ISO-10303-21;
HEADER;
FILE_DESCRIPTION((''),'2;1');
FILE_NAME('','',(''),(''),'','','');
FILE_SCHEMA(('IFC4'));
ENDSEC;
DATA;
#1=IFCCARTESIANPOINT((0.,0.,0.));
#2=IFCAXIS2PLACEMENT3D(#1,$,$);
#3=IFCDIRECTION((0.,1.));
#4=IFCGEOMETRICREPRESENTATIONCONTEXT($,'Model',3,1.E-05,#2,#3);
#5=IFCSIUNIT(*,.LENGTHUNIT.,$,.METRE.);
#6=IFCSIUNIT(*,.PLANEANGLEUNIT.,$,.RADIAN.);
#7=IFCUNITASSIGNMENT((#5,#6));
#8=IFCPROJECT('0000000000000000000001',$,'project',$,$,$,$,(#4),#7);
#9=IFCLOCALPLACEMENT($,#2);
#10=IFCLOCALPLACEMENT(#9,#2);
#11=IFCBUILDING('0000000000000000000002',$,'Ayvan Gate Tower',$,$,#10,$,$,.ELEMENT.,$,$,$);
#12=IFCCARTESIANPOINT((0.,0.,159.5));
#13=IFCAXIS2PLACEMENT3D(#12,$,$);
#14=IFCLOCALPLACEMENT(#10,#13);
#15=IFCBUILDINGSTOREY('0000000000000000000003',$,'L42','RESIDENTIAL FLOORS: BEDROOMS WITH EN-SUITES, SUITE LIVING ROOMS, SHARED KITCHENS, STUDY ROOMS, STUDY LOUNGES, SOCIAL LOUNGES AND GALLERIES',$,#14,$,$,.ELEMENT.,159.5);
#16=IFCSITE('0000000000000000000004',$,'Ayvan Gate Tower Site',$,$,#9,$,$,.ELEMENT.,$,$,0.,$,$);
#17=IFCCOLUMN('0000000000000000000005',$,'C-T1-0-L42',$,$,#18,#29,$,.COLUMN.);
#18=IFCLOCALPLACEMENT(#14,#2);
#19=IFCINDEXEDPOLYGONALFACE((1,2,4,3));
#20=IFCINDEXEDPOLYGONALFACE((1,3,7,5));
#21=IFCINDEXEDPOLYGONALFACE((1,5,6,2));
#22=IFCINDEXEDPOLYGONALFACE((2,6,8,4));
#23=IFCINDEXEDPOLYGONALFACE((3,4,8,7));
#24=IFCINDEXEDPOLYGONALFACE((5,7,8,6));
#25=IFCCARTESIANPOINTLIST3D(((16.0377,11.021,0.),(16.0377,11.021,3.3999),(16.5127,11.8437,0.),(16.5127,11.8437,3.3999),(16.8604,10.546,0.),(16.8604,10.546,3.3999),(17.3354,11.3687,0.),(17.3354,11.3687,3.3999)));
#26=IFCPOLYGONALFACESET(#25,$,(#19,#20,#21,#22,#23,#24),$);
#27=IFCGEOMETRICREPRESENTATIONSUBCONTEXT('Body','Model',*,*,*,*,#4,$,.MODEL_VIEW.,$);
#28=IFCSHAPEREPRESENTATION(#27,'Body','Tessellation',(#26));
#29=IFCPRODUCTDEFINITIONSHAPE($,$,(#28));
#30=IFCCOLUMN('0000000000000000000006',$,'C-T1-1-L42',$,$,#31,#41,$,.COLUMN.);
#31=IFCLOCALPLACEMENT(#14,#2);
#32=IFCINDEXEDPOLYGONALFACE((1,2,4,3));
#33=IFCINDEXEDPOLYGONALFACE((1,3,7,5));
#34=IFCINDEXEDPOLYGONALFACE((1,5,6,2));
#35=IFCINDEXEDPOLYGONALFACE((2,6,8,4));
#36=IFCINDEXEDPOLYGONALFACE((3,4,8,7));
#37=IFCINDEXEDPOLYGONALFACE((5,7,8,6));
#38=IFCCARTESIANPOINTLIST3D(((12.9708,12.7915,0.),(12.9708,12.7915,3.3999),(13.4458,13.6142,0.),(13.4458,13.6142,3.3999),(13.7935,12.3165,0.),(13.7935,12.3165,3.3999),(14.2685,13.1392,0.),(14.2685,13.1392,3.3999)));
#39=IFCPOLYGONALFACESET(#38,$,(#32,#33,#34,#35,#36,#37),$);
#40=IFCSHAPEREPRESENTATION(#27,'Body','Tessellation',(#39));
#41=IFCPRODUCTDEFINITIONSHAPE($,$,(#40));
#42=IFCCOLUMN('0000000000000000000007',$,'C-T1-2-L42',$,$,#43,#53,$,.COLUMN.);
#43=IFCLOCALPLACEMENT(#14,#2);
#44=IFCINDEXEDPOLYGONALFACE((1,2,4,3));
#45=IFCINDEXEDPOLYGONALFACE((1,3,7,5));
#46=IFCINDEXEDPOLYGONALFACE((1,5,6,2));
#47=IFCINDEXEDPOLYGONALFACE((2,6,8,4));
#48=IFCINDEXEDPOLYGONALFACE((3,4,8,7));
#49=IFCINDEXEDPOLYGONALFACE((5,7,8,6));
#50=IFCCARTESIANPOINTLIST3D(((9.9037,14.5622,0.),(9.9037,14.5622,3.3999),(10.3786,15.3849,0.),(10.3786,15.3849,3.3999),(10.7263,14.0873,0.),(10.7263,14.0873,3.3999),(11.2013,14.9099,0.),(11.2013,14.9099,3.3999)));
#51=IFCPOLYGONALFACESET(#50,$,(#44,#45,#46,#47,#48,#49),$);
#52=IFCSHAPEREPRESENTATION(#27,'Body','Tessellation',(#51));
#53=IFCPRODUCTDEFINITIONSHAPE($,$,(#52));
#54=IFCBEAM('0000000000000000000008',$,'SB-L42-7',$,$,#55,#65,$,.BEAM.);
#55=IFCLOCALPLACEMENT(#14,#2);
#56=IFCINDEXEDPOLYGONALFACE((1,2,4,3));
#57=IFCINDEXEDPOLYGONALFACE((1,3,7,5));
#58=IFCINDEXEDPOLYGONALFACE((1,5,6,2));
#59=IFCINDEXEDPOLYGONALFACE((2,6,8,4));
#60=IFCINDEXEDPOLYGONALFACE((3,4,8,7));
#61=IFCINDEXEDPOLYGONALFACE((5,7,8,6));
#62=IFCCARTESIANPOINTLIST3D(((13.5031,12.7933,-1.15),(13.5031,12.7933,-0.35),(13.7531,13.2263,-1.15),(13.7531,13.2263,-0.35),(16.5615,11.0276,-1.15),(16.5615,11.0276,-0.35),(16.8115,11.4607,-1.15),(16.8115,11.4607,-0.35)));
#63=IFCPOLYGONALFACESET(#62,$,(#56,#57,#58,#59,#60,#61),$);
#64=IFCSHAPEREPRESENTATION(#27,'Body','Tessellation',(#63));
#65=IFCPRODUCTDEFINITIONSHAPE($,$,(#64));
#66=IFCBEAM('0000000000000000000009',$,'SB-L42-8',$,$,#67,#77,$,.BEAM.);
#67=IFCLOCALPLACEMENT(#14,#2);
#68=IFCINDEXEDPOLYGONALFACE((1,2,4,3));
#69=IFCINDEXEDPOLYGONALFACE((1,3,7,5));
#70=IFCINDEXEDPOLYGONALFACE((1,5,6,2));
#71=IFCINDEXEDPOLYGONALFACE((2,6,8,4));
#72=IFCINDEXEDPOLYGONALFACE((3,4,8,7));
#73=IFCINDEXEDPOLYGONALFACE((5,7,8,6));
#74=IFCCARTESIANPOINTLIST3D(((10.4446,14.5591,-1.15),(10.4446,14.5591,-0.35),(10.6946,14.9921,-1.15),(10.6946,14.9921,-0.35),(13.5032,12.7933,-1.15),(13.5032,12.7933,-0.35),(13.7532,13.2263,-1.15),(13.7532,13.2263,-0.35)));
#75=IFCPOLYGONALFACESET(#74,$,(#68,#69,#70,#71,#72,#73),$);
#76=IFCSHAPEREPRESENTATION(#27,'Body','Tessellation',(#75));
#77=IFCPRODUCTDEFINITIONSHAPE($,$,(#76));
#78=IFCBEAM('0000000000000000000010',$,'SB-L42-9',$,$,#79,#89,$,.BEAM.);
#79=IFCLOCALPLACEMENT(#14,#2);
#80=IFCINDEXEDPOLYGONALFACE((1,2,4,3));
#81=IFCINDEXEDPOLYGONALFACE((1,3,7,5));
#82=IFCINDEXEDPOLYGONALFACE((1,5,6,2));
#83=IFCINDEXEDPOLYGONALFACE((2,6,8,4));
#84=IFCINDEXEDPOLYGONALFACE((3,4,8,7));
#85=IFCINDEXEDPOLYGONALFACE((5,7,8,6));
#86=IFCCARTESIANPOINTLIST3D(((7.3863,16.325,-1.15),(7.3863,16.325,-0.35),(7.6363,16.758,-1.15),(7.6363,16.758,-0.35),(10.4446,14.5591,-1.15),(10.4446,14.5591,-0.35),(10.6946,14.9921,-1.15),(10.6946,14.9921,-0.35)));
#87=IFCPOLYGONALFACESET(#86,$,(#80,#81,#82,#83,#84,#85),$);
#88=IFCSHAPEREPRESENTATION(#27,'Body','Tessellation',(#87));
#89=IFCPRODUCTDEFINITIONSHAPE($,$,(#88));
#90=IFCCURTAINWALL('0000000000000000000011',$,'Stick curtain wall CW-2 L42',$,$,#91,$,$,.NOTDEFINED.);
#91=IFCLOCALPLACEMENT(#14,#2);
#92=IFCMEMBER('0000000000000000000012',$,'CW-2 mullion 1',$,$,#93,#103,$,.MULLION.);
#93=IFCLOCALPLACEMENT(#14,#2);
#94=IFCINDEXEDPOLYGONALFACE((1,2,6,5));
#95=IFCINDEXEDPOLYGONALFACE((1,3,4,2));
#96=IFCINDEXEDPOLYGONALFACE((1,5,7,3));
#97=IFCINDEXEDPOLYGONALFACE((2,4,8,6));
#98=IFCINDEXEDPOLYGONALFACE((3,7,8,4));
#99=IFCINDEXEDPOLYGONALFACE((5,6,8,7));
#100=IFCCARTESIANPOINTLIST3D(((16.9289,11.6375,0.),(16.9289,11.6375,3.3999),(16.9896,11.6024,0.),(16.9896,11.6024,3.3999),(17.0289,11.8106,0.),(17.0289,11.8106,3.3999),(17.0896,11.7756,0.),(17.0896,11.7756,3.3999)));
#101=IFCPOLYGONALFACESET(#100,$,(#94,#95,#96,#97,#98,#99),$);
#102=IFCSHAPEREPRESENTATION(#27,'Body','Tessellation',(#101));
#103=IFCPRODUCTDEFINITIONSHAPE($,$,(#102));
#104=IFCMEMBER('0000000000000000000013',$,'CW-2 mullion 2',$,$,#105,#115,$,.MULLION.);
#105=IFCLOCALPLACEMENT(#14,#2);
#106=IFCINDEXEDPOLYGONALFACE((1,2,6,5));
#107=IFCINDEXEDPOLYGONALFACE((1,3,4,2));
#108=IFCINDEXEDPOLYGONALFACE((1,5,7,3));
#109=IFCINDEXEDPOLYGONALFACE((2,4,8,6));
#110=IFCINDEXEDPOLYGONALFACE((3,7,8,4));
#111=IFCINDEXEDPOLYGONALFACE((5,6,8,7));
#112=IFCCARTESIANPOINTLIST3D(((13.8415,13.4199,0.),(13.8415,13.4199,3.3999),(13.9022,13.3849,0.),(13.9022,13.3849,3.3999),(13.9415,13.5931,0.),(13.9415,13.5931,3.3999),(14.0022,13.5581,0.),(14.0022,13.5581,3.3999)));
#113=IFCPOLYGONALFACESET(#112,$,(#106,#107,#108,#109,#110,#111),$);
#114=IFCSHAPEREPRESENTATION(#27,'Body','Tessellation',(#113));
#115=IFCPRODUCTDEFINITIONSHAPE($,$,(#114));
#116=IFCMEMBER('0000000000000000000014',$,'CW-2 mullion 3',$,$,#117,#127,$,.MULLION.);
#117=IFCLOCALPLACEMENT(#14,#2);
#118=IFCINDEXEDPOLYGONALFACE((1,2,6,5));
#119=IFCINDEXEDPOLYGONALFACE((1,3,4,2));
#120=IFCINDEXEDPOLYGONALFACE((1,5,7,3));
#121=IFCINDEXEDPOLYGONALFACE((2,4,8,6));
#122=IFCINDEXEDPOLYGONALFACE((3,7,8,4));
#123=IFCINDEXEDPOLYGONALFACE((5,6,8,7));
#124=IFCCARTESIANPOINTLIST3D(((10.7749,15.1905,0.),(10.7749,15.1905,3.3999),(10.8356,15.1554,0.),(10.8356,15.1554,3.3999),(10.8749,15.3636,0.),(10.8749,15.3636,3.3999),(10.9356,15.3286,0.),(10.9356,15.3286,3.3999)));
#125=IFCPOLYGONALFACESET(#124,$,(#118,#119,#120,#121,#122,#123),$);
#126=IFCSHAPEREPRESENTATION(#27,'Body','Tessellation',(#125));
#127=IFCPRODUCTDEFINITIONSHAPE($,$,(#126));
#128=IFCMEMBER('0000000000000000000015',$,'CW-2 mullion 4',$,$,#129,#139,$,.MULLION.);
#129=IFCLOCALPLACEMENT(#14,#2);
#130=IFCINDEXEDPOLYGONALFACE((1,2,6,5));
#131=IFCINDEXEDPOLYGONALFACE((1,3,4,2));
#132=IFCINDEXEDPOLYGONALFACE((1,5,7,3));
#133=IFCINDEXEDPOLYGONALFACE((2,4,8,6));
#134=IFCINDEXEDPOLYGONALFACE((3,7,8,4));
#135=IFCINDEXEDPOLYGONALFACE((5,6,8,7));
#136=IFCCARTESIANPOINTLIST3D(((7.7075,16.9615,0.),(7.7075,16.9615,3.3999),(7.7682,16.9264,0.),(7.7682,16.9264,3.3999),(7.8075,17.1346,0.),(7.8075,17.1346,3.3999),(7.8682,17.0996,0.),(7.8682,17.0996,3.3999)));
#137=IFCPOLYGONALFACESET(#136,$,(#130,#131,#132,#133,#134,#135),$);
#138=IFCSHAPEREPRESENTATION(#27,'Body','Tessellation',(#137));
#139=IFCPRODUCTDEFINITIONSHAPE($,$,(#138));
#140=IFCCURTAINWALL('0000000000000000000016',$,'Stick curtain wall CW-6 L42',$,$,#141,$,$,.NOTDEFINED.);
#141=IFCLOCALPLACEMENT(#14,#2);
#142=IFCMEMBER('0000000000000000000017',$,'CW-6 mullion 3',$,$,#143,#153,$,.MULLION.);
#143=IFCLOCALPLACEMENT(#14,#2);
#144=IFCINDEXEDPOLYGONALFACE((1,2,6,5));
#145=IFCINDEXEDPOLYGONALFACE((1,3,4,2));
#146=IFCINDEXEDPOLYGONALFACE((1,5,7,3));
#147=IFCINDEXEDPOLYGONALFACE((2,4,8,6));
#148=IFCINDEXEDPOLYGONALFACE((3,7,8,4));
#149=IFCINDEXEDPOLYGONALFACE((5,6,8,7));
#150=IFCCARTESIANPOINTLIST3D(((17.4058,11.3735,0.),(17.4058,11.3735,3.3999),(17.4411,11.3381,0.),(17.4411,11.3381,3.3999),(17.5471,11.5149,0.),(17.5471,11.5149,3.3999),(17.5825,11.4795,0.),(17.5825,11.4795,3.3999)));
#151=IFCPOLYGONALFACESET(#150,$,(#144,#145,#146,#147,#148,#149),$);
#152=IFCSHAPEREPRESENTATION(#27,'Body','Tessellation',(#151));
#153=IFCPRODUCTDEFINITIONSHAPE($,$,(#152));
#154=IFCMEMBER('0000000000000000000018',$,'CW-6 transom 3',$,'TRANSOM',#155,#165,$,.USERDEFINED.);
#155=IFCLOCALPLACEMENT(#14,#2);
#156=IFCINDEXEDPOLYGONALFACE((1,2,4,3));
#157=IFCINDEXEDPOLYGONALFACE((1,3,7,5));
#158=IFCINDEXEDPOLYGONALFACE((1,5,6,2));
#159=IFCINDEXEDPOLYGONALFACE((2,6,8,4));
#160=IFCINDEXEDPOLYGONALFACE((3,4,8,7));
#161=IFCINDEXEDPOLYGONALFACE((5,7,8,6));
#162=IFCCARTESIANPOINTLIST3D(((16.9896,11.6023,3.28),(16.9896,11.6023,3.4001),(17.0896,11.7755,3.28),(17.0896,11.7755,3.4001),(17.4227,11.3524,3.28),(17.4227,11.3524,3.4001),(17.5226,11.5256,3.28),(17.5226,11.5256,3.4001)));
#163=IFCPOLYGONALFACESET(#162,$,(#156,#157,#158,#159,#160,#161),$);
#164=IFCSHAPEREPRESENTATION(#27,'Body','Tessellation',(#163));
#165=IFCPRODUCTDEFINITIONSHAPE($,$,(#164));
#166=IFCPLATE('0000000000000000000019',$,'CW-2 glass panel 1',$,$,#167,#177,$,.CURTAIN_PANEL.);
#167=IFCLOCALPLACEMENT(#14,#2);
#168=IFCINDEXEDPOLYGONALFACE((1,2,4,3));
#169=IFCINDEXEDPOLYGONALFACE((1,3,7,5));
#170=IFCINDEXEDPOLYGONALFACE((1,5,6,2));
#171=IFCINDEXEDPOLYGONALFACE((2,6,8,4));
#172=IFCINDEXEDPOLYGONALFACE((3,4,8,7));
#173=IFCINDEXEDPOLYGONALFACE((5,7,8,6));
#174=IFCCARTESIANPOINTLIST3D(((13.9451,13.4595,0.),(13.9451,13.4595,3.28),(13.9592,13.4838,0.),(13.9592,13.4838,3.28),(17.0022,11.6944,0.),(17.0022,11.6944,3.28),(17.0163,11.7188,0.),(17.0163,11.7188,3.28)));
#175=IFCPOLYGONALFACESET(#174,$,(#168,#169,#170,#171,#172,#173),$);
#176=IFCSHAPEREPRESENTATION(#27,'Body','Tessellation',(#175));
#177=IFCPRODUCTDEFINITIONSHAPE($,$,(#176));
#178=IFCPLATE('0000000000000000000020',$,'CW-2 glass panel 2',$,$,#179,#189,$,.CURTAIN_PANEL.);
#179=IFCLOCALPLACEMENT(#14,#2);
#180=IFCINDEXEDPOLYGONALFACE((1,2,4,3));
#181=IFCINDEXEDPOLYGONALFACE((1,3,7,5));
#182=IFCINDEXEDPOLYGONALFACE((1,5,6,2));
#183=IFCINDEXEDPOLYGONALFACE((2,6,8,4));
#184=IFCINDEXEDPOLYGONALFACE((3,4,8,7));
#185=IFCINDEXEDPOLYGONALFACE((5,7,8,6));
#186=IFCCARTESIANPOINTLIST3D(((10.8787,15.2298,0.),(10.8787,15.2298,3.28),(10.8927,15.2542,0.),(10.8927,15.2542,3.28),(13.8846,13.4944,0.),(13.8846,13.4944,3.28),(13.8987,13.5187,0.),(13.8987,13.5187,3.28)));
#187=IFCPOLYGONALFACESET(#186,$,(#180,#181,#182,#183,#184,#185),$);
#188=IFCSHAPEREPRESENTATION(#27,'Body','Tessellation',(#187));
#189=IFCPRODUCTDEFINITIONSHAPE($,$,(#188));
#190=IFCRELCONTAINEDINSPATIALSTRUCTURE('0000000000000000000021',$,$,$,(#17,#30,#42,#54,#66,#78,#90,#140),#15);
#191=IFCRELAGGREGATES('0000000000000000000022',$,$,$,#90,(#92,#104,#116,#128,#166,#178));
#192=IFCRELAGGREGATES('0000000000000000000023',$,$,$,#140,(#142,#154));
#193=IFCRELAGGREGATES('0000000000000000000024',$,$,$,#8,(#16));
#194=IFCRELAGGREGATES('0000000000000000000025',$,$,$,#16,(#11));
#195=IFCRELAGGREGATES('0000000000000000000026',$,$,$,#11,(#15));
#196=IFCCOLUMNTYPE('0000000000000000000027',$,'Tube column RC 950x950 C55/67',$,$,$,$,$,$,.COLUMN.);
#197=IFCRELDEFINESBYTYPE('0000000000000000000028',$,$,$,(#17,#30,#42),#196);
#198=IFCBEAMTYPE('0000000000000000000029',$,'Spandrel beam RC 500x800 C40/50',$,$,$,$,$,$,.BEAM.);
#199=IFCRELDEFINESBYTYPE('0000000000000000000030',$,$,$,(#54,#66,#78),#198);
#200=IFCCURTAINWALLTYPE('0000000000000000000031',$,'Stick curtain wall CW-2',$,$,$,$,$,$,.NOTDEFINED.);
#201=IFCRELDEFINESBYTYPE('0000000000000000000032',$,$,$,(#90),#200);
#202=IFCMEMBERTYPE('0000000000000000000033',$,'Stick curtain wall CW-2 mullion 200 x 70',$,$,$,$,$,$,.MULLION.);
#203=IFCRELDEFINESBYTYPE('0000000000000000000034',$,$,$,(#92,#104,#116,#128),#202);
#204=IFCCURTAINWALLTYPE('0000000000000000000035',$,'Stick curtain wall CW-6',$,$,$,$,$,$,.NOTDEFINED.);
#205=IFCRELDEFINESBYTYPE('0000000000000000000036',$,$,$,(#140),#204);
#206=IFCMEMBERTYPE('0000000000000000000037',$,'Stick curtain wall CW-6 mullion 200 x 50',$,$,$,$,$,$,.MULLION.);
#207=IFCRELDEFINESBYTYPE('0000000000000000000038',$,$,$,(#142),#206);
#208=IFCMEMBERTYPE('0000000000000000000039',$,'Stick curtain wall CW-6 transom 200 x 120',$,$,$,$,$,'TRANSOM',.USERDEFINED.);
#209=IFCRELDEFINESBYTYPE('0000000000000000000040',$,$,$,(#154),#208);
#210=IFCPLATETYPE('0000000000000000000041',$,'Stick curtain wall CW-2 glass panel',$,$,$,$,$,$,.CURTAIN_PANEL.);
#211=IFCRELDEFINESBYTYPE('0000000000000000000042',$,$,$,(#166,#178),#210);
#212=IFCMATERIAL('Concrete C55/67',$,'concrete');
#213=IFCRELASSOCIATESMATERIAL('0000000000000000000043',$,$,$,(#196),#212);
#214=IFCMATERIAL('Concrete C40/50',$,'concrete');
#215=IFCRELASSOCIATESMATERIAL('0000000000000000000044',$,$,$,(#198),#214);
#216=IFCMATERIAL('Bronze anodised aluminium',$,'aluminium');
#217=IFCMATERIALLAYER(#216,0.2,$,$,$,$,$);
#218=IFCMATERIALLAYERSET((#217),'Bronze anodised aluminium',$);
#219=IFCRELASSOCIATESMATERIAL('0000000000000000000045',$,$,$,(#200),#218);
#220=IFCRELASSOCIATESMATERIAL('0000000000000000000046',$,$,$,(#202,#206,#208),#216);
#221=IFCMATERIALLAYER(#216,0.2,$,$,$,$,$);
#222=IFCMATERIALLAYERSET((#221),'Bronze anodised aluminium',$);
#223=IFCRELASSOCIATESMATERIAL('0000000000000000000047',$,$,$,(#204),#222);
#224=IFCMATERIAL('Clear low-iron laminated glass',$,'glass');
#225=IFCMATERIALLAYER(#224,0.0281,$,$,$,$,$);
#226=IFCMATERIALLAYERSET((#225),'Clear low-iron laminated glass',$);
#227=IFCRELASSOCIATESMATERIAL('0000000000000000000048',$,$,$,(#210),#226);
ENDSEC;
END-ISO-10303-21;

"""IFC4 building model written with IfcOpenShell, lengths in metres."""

from ifc_helpers import new_model, si_unit, direction, frame, origin, origin_2d, place, context, subcontext, project, spatial, rectangle, extrude, material, layer, layer_set, material_profile, profile_set, type_object, element, aggregate, save


model = new_model("IFC4")

# Units and contexts
model_context = context("Model", 3, precision=1e-05, world=origin(), true_north=direction((0.0, 1.0)))
body_context = subcontext(model_context, "Body", "Model", "MODEL_VIEW")
ifc_project = project(units=[si_unit("LENGTHUNIT", "METRE"), si_unit("PLANEANGLEUNIT", "RADIAN")], contexts=[model_context])

# Site, building, storey
site_placement = place(None, origin())
site = spatial("IfcSite", under=ifc_project, at=site_placement, Name="Ayvan Gate Tower Site", CompositionType="ELEMENT", RefElevation=0.0)
building_placement = place(site_placement, origin())
building = spatial("IfcBuilding", under=site, at=building_placement, Name="Ayvan Gate Tower", CompositionType="ELEMENT")
storey_placement = place(building_placement, frame((0.0, 0.0, 159.5)))
storey = spatial("IfcBuildingStorey", under=building, at=storey_placement, Name="L42", Description="RESIDENTIAL FLOORS: BEDROOMS WITH EN-SUITES, SUITE LIVING ROOMS, SHARED KITCHENS, STUDY ROOMS, STUDY LOUNGES, SOCIAL LOUNGES AND GALLERIES", CompositionType="ELEMENT", Elevation=159.5)

# Columns
ifc_material_1 = material(Name="Concrete C55/67", Category="concrete")
ifc_material_profile_1 = material_profile(ifc_material_1, rectangle(XDim=0.95, YDim=0.95, at=origin_2d()), Name="RC 950x950")
ifc_profile_set_1 = profile_set([ifc_material_profile_1], Name="Concrete C55/67")
column_type = type_object("IfcColumnType", Name="Tube column RC 950x950 C55/67", PredefinedType="COLUMN", material=ifc_profile_set_1)
for number, where, z_axis, x_axis, name in (
    (1, (16.6865, 11.1948, 0.0), (0.0, 0.0, 1.0), (0.5, 0.866025, 0.0), "C-T1-0-L42"),
    (2, (13.6196, 12.9653, 0.0), (0.0, 0.0, 1.0), (0.5, 0.866025, 0.0), "C-T1-1-L42"),
    (3, (10.5525, 14.7361, 0.0), (0.0, 0.0, 1.0), (0.5, 0.866025, 0.0), "C-T1-2-L42"),
):
    element("IfcColumn", number, at=place(storey_placement, frame(where, z_axis=z_axis, x_axis=x_axis)), inside=storey, type_object=column_type, Name=name, PredefinedType="COLUMN", context=body_context, shape_type="SweptSolid", body=[
        extrude(rectangle(XDim=0.95, YDim=0.95, at=origin_2d()), origin(), (0.0, 0.0, 1.0), 3.3999),
    ])

# Beams
ifc_material_2 = material(Name="Concrete C40/50", Category="concrete")
ifc_material_profile_2 = material_profile(ifc_material_2, rectangle(XDim=0.5, YDim=0.8, at=origin_2d()), Name="RC 500x800")
ifc_profile_set_2 = profile_set([ifc_material_profile_2], Name="Concrete C40/50")
beam_type = type_object("IfcBeamType", Name="Spandrel beam RC 500x800 C40/50", PredefinedType="BEAM", material=ifc_profile_set_2)
beam_1_placement = place(storey_placement, frame((16.6865, 11.2441, -0.75), z_axis=(-0.866039, 0.499976, 0.0), x_axis=(-0.499976, -0.866039, 0.0)))
element("IfcBeam", 4, at=beam_1_placement, inside=storey, type_object=beam_type, Name="SB-L42-7", PredefinedType="BEAM", context=body_context, shape_type="SweptSolid", body=[
    extrude(rectangle(XDim=0.5, YDim=0.8, at=origin_2d()), origin(), (0.0, 0.0, 1.0), 3.5315),
])
beam_2_placement = place(storey_placement, frame((13.6282, 13.0098, -0.75), z_axis=(-0.866027, 0.499998, 0.0), x_axis=(-0.499998, -0.866027, 0.0)))
element("IfcBeam", 5, at=beam_2_placement, inside=storey, type_object=beam_type, Name="SB-L42-8", PredefinedType="BEAM", context=body_context, shape_type="SweptSolid", body=[
    extrude(rectangle(XDim=0.5, YDim=0.8, at=origin_2d()), origin(), (0.0, 0.0, 1.0), 3.5317),
])
beam_3_placement = place(storey_placement, frame((10.5696, 14.7756, -0.75), z_axis=(-0.866009, 0.500028, 0.0), x_axis=(-0.500028, -0.866009, 0.0)))
element("IfcBeam", 6, at=beam_3_placement, inside=storey, type_object=beam_type, Name="SB-L42-9", PredefinedType="BEAM", context=body_context, shape_type="SweptSolid", body=[
    extrude(rectangle(XDim=0.5, YDim=0.8, at=origin_2d()), origin(), (0.0, 0.0, 1.0), 3.5315),
])

# Curtain walls, members
ifc_material_3 = material(Name="Bronze anodised aluminium", Category="aluminium")
ifc_layer_1 = layer(ifc_material_3, 0.2)
ifc_layer_set_1 = layer_set([ifc_layer_1], Name="Bronze anodised aluminium")
curtain_wall_type_1 = type_object("IfcCurtainWallType", Name="Stick curtain wall CW-2", PredefinedType="NOTDEFINED", material=ifc_layer_set_1)
curtain_wall_1_placement = place(storey_placement, origin())
curtain_wall_1 = element("IfcCurtainWall", 7, at=curtain_wall_1_placement, inside=storey, type_object=curtain_wall_type_1, Name="Stick curtain wall CW-2 L42", PredefinedType="NOTDEFINED")
ifc_material_profile_3 = material_profile(ifc_material_3, rectangle(XDim=0.2, YDim=0.0701, at=origin_2d()), Name="Stick curtain wall CW-2 mullion 200 x 70")
ifc_profile_set_3 = profile_set([ifc_material_profile_3], Name="Bronze anodised aluminium")
member_type_1 = type_object("IfcMemberType", Name="Stick curtain wall CW-2 mullion 200 x 70", PredefinedType="MULLION", material=ifc_profile_set_3)
member_1_placement = place(storey_placement, frame((17.0093, 11.7065, 0.0), z_axis=(0.0, 0.0, 1.0), x_axis=(0.5, 0.866025, 0.0)))
member_1 = element("IfcMember", 8, at=member_1_placement, type_object=member_type_1, Name="CW-2 mullion 1", PredefinedType="MULLION", context=body_context, shape_type="SweptSolid", body=[
    extrude(rectangle(XDim=0.2, YDim=0.0701, at=origin_2d()), origin(), (0.0, 0.0, 1.0), 3.3999),
])
member_2_placement = place(storey_placement, frame((13.9219, 13.489, 0.0), z_axis=(0.0, 0.0, 1.0), x_axis=(0.5, 0.866025, 0.0)))
member_2 = element("IfcMember", 9, at=member_2_placement, type_object=member_type_1, Name="CW-2 mullion 2", PredefinedType="MULLION", context=body_context, shape_type="SweptSolid", body=[
    extrude(rectangle(XDim=0.2, YDim=0.0701, at=origin_2d()), origin(), (0.0, 0.0, 1.0), 3.3999),
])
member_3_placement = place(storey_placement, frame((10.8552, 15.2595, 0.0), z_axis=(0.0, 0.0, 1.0), x_axis=(0.5, 0.866025, 0.0)))
member_3 = element("IfcMember", 10, at=member_3_placement, type_object=member_type_1, Name="CW-2 mullion 3", PredefinedType="MULLION", context=body_context, shape_type="SweptSolid", body=[
    extrude(rectangle(XDim=0.2, YDim=0.0701, at=origin_2d()), origin(), (0.0, 0.0, 1.0), 3.3999),
])
member_4_placement = place(storey_placement, frame((7.7878, 17.0305, 0.0), z_axis=(0.0, 0.0, 1.0), x_axis=(0.5, 0.866025, 0.0)))
member_4 = element("IfcMember", 11, at=member_4_placement, type_object=member_type_1, Name="CW-2 mullion 4", PredefinedType="MULLION", context=body_context, shape_type="SweptSolid", body=[
    extrude(rectangle(XDim=0.2, YDim=0.0701, at=origin_2d()), origin(), (0.0, 0.0, 1.0), 3.3999),
])
ifc_layer_2 = layer(ifc_material_3, 0.2)
ifc_layer_set_2 = layer_set([ifc_layer_2], Name="Bronze anodised aluminium")
curtain_wall_type_2 = type_object("IfcCurtainWallType", Name="Stick curtain wall CW-6", PredefinedType="NOTDEFINED", material=ifc_layer_set_2)
curtain_wall_2_placement = place(storey_placement, origin())
curtain_wall_2 = element("IfcCurtainWall", 12, at=curtain_wall_2_placement, inside=storey, type_object=curtain_wall_type_2, Name="Stick curtain wall CW-6 L42", PredefinedType="NOTDEFINED")
ifc_material_profile_4 = material_profile(ifc_material_3, rectangle(XDim=0.2, YDim=0.05, at=origin_2d()), Name="Stick curtain wall CW-6 mullion 200 x 50")
ifc_profile_set_4 = profile_set([ifc_material_profile_4], Name="Bronze anodised aluminium")
member_type_2 = type_object("IfcMemberType", Name="Stick curtain wall CW-6 mullion 200 x 50", PredefinedType="MULLION", material=ifc_profile_set_4)
member_5_placement = place(storey_placement, frame((17.4941, 11.4265, 0.0), z_axis=(0.0, 0.0, 1.0), x_axis=(0.707107, 0.707107, 0.0)))
member_5 = element("IfcMember", 13, at=member_5_placement, type_object=member_type_2, Name="CW-6 mullion 3", PredefinedType="MULLION", context=body_context, shape_type="SweptSolid", body=[
    extrude(rectangle(XDim=0.2, YDim=0.05, at=origin_2d()), origin(), (0.0, 0.0, 1.0), 3.3999),
])
ifc_material_profile_5 = material_profile(ifc_material_3, rectangle(XDim=0.2, YDim=0.1201, at=origin_2d()), Name="Stick curtain wall CW-6 transom 200 x 120")
ifc_profile_set_5 = profile_set([ifc_material_profile_5], Name="Bronze anodised aluminium")
member_type_3 = type_object("IfcMemberType", Name="Stick curtain wall CW-6 transom 200 x 120", ElementType="TRANSOM", PredefinedType="USERDEFINED", material=ifc_profile_set_5)
member_6_placement = place(storey_placement, frame((17.4727, 11.439, 3.3401), z_axis=(-0.866072, 0.49992, 0.0), x_axis=(-0.49992, -0.866072, 0.0)))
member_6 = element("IfcMember", 14, at=member_6_placement, type_object=member_type_3, Name="CW-6 transom 3", ObjectType="TRANSOM", PredefinedType="USERDEFINED", context=body_context, shape_type="SweptSolid", body=[
    extrude(rectangle(XDim=0.2, YDim=0.1201, at=origin_2d()), origin(), (0.0, 0.0, 1.0), 0.5),
])

# Plates
ifc_material_4 = material(Name="Clear low-iron laminated glass", Category="glass")
ifc_layer_3 = layer(ifc_material_4, 0.0281)
ifc_layer_set_3 = layer_set([ifc_layer_3], Name="Clear low-iron laminated glass")
plate_type_1 = type_object("IfcPlateType", Name="Stick curtain wall CW-2 glass panel", PredefinedType="CURTAIN_PANEL", material=ifc_layer_set_3)
plate_1_placement = place(storey_placement, frame((15.4807, 12.5891, 0.0), z_axis=(0.0, 0.0, 1.0), x_axis=(-0.866025, 0.5, 0.0)))
plate_1 = element("IfcPlate", 15, at=plate_1_placement, type_object=plate_type_1, Name="CW-2 glass panel 1", PredefinedType="CURTAIN_PANEL", context=body_context, shape_type="SweptSolid", body=[
    extrude(rectangle(XDim=3.53, YDim=0.0281, at=origin_2d()), origin(), (0.0, 0.0, 1.0), 3.28),
])
plate_2_placement = place(storey_placement, frame((12.3887, 14.3743, 0.0), z_axis=(0.0, 0.0, 1.0), x_axis=(-0.866025, 0.5, 0.0)))
plate_2 = element("IfcPlate", 16, at=plate_2_placement, type_object=plate_type_1, Name="CW-2 glass panel 2", PredefinedType="CURTAIN_PANEL", context=body_context, shape_type="SweptSolid", body=[
    extrude(rectangle(XDim=3.4709, YDim=0.0281, at=origin_2d()), origin(), (0.0, 0.0, 1.0), 3.28),
])
aggregate(curtain_wall_1, [member_1, member_2, member_3, member_4, plate_1, plate_2])
aggregate(curtain_wall_2, [member_5, member_6])

save(model, "model.ifc")
